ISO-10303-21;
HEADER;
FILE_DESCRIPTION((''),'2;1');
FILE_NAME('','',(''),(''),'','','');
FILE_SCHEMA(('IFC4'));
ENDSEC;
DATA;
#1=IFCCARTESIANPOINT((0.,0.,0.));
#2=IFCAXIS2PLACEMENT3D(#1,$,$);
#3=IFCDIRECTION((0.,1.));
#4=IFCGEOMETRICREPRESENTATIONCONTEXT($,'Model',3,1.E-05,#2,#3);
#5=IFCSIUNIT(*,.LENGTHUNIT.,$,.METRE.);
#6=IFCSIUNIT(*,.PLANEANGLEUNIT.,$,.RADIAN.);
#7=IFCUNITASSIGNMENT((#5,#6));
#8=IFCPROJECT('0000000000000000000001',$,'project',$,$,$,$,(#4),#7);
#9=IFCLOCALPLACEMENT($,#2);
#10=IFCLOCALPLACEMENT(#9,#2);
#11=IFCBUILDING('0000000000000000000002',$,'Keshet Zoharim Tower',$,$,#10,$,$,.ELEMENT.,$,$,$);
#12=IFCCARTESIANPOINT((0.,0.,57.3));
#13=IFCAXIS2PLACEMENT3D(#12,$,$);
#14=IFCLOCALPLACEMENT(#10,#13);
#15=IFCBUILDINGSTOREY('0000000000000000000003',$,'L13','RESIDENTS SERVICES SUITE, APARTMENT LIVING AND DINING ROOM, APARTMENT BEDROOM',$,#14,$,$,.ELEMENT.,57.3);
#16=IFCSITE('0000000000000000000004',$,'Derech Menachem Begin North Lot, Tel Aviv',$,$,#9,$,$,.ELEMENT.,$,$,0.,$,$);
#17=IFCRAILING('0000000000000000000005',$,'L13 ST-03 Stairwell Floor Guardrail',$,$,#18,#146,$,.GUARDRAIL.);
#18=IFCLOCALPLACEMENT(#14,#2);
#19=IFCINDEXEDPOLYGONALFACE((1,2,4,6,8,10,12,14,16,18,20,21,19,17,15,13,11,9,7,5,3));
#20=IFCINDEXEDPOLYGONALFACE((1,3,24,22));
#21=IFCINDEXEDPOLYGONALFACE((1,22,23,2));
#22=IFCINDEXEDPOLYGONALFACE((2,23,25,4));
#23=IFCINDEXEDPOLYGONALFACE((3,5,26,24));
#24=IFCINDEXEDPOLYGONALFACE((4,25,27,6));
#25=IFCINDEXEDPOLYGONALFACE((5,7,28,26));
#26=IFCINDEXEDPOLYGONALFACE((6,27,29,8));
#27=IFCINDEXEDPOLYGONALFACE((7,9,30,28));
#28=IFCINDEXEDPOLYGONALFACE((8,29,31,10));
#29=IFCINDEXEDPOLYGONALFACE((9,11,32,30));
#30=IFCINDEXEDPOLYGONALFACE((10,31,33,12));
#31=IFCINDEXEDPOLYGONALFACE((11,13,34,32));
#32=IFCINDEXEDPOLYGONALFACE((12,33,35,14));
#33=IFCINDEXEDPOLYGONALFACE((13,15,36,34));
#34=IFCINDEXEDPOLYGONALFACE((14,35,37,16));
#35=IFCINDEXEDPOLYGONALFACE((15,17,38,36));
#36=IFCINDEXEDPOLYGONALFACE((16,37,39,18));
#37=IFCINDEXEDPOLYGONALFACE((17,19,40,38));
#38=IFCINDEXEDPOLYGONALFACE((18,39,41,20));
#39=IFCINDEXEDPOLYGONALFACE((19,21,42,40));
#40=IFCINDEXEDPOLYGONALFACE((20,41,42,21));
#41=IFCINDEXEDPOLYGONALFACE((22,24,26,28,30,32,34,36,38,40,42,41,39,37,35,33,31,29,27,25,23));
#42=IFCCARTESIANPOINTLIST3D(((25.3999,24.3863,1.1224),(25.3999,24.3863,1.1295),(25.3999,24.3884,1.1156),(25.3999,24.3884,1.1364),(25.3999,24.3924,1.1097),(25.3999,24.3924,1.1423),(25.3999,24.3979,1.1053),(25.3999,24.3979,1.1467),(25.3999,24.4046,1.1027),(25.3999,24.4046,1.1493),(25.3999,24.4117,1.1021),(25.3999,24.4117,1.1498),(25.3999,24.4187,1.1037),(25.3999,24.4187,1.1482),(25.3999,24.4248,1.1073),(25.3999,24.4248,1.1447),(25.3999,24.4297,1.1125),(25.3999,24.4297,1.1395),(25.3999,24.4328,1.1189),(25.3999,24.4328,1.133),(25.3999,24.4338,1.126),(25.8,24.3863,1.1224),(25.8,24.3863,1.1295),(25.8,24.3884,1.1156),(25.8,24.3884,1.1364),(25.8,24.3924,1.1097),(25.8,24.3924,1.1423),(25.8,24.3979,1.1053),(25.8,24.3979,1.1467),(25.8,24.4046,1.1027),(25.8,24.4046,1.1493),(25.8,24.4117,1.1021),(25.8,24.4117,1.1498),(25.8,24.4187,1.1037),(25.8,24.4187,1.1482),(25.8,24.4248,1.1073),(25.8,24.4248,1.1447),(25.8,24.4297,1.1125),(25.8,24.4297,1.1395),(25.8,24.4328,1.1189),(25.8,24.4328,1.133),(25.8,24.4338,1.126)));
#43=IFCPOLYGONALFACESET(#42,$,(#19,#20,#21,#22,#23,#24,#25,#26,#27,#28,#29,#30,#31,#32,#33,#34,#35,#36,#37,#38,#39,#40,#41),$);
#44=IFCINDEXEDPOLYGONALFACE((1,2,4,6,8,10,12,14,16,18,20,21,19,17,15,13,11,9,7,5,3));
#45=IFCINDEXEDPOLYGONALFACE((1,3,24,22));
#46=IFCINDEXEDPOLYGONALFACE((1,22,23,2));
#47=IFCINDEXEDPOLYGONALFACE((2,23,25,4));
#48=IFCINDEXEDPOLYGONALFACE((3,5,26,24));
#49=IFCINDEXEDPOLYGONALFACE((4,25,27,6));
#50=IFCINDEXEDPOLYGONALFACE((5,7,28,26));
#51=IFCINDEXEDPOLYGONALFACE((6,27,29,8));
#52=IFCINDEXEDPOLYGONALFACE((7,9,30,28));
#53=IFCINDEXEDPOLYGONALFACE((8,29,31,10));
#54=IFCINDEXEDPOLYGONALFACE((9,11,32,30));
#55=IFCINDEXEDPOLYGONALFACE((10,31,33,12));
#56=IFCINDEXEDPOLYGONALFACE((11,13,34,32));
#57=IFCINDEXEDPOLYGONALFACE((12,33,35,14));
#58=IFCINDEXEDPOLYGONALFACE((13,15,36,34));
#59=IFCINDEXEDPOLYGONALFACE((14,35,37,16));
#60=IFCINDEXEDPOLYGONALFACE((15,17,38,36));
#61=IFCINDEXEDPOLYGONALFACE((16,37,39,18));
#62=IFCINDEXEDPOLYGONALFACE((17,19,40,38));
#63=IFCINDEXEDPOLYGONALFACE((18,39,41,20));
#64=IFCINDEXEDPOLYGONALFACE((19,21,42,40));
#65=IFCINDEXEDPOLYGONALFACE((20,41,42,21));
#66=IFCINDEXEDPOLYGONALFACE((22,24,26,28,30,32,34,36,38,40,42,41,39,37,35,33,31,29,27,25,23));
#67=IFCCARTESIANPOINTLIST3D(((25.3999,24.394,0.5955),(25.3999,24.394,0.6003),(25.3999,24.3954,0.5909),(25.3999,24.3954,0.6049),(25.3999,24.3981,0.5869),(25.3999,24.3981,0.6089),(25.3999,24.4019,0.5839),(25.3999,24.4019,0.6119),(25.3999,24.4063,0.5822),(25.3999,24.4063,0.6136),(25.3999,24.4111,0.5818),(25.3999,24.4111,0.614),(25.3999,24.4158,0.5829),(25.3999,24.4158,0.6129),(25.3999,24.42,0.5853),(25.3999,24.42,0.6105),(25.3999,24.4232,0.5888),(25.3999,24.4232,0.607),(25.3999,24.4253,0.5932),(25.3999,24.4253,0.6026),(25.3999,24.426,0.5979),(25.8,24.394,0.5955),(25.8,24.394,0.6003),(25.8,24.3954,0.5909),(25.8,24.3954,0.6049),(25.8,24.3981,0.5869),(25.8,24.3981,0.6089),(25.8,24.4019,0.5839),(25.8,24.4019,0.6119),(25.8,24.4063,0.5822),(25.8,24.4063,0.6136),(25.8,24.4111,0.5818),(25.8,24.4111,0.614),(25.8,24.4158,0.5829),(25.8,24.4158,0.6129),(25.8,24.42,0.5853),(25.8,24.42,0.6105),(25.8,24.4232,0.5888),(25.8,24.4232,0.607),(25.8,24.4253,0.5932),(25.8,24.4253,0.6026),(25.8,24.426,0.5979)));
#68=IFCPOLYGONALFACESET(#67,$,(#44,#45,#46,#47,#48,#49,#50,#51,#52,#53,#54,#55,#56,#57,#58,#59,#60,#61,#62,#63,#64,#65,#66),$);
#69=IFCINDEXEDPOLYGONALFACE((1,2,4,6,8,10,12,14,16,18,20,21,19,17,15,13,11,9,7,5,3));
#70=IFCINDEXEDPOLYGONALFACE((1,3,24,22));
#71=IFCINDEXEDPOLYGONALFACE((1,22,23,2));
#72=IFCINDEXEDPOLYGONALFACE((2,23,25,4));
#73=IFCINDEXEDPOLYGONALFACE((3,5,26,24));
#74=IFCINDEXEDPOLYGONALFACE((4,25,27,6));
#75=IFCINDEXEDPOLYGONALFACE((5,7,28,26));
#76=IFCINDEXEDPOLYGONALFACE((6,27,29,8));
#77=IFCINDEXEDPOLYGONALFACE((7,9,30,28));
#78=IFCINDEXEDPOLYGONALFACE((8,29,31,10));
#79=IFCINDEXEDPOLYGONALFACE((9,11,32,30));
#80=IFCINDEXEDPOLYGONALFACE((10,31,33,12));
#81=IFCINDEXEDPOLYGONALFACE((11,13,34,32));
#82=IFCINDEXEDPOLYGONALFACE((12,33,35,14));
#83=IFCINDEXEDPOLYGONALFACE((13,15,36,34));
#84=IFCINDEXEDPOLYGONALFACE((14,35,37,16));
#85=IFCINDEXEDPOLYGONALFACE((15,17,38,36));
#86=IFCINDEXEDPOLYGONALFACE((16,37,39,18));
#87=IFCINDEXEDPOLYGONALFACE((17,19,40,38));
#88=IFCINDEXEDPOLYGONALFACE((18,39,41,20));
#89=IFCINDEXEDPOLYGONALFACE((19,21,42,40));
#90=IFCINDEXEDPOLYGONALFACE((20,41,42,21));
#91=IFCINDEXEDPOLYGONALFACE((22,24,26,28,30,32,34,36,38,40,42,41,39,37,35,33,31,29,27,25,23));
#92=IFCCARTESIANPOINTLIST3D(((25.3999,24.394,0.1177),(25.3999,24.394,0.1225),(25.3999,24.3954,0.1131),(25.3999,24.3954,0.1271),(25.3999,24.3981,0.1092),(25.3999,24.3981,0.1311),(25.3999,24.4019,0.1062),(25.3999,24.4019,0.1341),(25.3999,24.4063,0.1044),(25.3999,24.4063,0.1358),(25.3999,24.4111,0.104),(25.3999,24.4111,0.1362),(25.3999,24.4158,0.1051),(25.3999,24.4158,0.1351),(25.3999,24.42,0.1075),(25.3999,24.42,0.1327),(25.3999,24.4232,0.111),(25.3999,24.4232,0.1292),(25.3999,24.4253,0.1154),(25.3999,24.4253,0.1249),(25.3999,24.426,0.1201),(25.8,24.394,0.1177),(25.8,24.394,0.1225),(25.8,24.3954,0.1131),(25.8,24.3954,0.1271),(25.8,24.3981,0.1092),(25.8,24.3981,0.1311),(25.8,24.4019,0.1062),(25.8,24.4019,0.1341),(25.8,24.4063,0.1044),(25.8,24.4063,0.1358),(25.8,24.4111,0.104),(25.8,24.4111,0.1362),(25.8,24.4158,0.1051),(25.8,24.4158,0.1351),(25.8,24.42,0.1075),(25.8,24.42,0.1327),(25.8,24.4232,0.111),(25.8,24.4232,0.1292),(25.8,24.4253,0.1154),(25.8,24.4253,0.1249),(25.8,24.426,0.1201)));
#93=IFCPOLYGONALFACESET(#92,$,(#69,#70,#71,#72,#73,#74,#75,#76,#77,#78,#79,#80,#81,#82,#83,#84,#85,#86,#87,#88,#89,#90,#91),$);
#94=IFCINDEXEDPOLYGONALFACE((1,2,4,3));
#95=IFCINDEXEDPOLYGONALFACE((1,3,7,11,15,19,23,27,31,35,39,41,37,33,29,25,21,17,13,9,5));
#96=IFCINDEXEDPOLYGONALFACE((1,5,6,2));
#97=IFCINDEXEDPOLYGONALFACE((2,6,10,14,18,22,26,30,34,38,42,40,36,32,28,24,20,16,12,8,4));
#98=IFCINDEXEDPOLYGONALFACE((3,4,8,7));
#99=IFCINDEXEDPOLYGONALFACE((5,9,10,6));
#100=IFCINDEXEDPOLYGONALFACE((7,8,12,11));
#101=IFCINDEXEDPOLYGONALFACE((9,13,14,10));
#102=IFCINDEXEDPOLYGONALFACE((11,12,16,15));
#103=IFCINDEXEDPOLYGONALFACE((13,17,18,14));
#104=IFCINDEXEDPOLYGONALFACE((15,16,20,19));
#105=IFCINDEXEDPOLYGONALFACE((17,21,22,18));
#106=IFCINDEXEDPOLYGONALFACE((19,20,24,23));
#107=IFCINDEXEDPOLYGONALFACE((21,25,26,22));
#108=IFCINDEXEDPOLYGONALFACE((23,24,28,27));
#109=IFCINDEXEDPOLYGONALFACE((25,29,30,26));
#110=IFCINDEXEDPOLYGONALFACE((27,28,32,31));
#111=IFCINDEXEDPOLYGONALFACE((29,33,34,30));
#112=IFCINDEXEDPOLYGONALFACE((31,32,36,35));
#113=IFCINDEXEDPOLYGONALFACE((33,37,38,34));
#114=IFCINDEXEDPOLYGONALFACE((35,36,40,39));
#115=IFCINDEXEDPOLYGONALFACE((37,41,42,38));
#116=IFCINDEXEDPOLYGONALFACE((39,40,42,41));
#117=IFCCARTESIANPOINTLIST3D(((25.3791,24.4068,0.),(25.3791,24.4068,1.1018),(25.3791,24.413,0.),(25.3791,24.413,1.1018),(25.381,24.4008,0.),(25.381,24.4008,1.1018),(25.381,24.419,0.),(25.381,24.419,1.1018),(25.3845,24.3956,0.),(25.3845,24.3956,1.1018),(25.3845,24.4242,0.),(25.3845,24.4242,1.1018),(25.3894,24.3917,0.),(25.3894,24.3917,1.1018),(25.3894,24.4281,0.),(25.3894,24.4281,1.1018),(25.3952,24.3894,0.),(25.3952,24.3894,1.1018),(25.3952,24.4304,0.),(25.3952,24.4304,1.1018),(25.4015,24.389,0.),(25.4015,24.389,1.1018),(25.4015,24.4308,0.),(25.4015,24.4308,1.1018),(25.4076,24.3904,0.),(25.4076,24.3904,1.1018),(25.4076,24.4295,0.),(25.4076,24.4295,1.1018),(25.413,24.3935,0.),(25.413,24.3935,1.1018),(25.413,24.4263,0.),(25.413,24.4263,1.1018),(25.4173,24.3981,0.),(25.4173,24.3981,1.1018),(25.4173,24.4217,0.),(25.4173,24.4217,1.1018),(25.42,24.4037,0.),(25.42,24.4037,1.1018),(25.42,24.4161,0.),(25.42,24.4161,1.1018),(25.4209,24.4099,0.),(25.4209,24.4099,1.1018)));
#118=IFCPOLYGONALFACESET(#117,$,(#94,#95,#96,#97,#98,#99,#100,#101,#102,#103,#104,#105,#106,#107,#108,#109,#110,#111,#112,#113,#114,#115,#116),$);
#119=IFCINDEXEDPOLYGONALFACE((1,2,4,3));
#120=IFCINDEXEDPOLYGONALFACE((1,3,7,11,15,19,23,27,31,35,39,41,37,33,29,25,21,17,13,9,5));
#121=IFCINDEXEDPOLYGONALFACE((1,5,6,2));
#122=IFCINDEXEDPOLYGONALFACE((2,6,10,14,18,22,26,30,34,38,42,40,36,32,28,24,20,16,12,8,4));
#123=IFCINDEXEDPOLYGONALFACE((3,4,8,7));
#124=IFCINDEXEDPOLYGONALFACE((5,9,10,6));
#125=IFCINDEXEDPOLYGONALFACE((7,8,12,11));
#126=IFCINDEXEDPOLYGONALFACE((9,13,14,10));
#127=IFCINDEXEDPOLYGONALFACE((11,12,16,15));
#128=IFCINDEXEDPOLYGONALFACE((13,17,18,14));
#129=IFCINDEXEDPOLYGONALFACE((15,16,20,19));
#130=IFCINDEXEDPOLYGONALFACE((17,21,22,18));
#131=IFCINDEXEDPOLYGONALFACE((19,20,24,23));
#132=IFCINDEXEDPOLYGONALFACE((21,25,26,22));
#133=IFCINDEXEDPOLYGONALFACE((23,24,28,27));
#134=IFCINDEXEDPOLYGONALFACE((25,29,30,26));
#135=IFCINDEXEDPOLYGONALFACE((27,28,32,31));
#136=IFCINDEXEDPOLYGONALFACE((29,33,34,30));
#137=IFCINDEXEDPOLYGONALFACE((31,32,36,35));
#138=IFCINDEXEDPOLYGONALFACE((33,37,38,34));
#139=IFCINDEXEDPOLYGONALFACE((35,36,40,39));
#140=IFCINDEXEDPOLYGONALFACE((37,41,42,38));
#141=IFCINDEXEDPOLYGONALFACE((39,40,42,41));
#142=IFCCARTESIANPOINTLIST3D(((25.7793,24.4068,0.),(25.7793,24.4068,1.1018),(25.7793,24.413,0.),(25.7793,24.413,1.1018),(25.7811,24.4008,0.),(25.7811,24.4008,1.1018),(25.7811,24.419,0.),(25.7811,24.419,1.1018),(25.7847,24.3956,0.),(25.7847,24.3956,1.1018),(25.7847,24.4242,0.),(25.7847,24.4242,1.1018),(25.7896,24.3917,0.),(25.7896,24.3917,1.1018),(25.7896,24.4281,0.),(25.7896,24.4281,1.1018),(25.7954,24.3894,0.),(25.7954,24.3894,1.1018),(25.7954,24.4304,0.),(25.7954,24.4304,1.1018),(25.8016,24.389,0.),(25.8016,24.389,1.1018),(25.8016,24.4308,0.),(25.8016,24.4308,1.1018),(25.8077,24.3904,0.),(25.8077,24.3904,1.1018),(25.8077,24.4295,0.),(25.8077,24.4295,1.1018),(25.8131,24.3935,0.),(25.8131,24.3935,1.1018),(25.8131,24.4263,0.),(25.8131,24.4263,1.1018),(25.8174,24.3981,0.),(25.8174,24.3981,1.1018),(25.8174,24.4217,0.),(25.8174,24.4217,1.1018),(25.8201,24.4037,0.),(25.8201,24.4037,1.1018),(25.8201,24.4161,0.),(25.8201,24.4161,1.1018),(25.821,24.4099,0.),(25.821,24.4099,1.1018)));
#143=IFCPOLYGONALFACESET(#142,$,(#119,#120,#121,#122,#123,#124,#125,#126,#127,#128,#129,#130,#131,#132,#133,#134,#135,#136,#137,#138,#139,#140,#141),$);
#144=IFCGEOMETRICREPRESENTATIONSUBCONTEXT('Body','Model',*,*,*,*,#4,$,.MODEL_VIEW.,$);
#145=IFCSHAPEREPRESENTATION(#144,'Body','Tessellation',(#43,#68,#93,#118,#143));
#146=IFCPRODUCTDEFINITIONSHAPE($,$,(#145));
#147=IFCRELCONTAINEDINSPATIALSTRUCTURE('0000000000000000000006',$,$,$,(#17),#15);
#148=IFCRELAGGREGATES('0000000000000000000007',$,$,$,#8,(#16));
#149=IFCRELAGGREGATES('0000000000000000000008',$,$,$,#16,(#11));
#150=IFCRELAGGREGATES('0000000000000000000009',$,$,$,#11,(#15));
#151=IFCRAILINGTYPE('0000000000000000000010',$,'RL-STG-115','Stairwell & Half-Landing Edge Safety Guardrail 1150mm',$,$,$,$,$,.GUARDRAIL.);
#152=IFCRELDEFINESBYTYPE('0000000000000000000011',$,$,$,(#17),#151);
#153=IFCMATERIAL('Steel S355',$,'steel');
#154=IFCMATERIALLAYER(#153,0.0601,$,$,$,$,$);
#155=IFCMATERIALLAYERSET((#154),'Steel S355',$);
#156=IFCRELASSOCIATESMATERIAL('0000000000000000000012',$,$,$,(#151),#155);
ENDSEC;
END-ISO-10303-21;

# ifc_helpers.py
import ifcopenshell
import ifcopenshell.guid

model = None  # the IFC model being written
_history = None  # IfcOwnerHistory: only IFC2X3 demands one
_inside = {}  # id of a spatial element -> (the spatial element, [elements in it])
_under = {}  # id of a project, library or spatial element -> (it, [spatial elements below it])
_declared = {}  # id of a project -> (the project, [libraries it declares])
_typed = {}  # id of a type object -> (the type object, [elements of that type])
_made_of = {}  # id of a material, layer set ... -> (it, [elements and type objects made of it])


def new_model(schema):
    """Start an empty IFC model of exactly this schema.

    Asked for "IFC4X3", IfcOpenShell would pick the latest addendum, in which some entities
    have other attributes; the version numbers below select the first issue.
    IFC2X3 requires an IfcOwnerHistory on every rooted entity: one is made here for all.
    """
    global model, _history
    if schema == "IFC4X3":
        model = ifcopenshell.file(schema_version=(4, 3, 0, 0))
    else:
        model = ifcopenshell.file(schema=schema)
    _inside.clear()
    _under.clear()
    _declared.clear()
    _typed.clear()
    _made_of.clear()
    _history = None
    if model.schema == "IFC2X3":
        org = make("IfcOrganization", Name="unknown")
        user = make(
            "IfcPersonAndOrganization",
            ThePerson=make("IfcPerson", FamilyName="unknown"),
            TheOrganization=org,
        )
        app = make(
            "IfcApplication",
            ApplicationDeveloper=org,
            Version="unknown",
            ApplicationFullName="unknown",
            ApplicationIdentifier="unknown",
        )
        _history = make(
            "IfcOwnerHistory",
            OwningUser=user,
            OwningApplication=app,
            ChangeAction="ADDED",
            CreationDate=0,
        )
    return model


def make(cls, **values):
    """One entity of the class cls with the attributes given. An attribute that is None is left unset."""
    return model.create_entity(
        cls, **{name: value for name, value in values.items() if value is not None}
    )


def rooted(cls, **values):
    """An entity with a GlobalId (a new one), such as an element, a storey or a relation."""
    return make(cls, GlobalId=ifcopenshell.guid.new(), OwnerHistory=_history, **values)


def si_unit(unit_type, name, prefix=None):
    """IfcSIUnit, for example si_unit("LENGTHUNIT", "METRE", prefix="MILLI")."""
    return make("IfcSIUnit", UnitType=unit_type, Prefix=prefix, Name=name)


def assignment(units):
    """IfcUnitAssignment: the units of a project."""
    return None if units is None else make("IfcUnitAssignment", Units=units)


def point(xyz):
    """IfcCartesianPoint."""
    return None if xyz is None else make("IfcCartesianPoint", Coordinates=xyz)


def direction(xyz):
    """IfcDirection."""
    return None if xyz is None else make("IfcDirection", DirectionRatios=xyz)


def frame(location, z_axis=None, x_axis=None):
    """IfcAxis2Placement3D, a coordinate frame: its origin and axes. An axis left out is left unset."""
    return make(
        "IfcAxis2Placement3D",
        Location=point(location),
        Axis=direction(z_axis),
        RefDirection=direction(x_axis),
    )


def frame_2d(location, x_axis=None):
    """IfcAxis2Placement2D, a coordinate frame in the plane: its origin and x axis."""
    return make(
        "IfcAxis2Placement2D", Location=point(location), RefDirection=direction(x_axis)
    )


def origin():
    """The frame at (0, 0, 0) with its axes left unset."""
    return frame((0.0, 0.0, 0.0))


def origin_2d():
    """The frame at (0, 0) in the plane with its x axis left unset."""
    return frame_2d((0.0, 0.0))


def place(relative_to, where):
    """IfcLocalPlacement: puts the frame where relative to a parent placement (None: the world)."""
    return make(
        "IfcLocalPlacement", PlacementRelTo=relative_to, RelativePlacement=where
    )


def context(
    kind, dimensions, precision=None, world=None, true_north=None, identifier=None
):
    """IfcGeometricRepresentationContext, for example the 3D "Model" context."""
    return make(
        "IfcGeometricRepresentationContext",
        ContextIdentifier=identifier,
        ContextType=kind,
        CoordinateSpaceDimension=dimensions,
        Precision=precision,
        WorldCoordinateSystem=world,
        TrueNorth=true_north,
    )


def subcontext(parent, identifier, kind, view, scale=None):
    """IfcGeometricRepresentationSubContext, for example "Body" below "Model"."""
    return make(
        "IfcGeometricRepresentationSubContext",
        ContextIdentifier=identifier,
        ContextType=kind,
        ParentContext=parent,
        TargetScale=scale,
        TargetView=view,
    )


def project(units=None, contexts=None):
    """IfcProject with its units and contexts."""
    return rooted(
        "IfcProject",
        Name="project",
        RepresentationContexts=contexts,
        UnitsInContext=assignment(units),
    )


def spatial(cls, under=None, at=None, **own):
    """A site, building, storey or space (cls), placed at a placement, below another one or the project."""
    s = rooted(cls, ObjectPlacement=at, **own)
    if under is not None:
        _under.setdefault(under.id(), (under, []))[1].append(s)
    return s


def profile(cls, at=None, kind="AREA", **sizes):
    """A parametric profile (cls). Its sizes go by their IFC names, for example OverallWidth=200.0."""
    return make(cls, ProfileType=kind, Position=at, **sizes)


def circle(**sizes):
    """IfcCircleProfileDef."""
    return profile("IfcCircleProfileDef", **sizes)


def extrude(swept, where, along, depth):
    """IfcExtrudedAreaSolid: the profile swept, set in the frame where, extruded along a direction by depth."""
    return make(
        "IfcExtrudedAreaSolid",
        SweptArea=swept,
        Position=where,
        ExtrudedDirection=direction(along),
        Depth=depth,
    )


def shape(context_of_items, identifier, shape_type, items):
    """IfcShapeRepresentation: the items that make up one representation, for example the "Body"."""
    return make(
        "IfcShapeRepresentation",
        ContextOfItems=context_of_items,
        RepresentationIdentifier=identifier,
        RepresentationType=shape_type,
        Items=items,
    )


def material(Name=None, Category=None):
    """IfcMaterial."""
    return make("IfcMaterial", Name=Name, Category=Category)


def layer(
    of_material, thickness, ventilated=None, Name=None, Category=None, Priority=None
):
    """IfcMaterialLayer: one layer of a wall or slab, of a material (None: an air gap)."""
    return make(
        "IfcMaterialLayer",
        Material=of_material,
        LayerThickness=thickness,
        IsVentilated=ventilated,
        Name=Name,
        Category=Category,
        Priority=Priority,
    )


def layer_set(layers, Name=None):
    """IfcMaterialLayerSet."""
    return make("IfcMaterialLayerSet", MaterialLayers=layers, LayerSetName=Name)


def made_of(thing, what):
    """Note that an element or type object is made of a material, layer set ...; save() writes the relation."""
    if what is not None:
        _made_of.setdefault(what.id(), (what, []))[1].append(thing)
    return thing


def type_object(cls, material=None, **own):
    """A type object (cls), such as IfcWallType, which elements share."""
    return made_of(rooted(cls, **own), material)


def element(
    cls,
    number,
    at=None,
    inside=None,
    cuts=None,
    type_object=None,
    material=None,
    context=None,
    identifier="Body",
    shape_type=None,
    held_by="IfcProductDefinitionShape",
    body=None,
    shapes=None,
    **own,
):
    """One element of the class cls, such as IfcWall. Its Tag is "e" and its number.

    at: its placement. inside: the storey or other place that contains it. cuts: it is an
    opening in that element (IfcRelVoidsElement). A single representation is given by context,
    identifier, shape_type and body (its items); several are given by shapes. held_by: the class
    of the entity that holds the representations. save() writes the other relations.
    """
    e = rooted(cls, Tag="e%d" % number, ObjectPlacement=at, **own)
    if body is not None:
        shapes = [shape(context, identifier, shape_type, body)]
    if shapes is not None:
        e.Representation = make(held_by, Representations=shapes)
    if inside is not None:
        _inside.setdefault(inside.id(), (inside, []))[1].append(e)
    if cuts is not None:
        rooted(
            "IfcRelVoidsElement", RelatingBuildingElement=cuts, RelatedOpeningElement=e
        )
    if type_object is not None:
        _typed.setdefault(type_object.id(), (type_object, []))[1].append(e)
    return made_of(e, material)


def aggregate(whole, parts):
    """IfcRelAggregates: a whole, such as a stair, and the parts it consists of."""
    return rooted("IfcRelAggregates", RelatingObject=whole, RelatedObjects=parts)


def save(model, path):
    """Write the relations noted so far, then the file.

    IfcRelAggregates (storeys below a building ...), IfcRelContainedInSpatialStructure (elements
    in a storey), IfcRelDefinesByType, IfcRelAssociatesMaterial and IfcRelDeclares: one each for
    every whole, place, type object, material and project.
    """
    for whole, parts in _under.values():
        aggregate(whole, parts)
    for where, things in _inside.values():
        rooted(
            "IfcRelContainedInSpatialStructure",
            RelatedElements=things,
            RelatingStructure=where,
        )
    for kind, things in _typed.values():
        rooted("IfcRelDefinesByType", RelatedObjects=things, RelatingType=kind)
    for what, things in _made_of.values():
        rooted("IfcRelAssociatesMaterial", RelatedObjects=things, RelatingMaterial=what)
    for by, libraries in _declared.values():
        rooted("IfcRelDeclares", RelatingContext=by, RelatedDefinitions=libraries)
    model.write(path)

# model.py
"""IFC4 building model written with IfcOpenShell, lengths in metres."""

from ifc_helpers import new_model, si_unit, direction, frame, origin, origin_2d, place, context, subcontext, project, spatial, circle, extrude, material, layer, layer_set, type_object, element, save


model = new_model("IFC4")

# Units and contexts
model_context = context("Model", 3, precision=1e-05, world=origin(), true_north=direction((0.0, 1.0)))
body_context = subcontext(model_context, "Body", "Model", "MODEL_VIEW")
ifc_project = project(units=[si_unit("LENGTHUNIT", "METRE"), si_unit("PLANEANGLEUNIT", "RADIAN")], contexts=[model_context])

# Site, building, storey
site_placement = place(None, origin())
site = spatial("IfcSite", under=ifc_project, at=site_placement, Name="Derech Menachem Begin North Lot, Tel Aviv", CompositionType="ELEMENT", RefElevation=0.0)
building_placement = place(site_placement, origin())
building = spatial("IfcBuilding", under=site, at=building_placement, Name="Keshet Zoharim Tower", CompositionType="ELEMENT")
storey_placement = place(building_placement, frame((0.0, 0.0, 57.3)))
storey = spatial("IfcBuildingStorey", under=building, at=storey_placement, Name="L13", Description="RESIDENTS SERVICES SUITE, APARTMENT LIVING AND DINING ROOM, APARTMENT BEDROOM", CompositionType="ELEMENT", Elevation=57.3)

# Shared definitions
ifc_material_1 = material(Name="Steel S355", Category="steel")

# Railing
ifc_layer_1 = layer(ifc_material_1, 0.0601)
ifc_layer_set_1 = layer_set([ifc_layer_1], Name="Steel S355")
railing_type = type_object("IfcRailingType", Name="RL-STG-115", Description="Stairwell & Half-Landing Edge Safety Guardrail 1150mm", PredefinedType="GUARDRAIL", material=ifc_layer_set_1)
railing_placement = place(storey_placement, frame((25.3999, 24.4099, 0.0)))
element("IfcRailing", 1, at=railing_placement, inside=storey, type_object=railing_type, Name="L13 ST-03 Stairwell Floor Guardrail", PredefinedType="GUARDRAIL", context=body_context, shape_type="SweptSolid", body=[
    extrude(circle(Radius=0.0239, at=origin_2d()), frame((0.0, 0.0, 1.126), z_axis=(1.0, 0.0, 0.0), x_axis=(0.0, 1.0, 0.0)), (0.0, 0.0, 1.0), 0.4001),
    extrude(circle(Radius=0.0161, at=origin_2d()), frame((0.0, 0.0, 0.5979), z_axis=(1.0, 0.0, 0.0), x_axis=(0.0, 1.0, 0.0)), (0.0, 0.0, 1.0), 0.4001),
    extrude(circle(Radius=0.0161, at=origin_2d()), frame((0.0, 0.0, 0.1201), z_axis=(1.0, 0.0, 0.0), x_axis=(0.0, 1.0, 0.0)), (0.0, 0.0, 1.0), 0.4001),
    extrude(circle(Radius=0.021, at=origin_2d()), origin(), (0.0, 0.0, 1.0), 1.1018),
    extrude(circle(Radius=0.021, at=origin_2d()), frame((0.4001, 0.0, 0.0)), (0.0, 0.0, 1.0), 1.1018),
])

save(model, "model.ifc")
